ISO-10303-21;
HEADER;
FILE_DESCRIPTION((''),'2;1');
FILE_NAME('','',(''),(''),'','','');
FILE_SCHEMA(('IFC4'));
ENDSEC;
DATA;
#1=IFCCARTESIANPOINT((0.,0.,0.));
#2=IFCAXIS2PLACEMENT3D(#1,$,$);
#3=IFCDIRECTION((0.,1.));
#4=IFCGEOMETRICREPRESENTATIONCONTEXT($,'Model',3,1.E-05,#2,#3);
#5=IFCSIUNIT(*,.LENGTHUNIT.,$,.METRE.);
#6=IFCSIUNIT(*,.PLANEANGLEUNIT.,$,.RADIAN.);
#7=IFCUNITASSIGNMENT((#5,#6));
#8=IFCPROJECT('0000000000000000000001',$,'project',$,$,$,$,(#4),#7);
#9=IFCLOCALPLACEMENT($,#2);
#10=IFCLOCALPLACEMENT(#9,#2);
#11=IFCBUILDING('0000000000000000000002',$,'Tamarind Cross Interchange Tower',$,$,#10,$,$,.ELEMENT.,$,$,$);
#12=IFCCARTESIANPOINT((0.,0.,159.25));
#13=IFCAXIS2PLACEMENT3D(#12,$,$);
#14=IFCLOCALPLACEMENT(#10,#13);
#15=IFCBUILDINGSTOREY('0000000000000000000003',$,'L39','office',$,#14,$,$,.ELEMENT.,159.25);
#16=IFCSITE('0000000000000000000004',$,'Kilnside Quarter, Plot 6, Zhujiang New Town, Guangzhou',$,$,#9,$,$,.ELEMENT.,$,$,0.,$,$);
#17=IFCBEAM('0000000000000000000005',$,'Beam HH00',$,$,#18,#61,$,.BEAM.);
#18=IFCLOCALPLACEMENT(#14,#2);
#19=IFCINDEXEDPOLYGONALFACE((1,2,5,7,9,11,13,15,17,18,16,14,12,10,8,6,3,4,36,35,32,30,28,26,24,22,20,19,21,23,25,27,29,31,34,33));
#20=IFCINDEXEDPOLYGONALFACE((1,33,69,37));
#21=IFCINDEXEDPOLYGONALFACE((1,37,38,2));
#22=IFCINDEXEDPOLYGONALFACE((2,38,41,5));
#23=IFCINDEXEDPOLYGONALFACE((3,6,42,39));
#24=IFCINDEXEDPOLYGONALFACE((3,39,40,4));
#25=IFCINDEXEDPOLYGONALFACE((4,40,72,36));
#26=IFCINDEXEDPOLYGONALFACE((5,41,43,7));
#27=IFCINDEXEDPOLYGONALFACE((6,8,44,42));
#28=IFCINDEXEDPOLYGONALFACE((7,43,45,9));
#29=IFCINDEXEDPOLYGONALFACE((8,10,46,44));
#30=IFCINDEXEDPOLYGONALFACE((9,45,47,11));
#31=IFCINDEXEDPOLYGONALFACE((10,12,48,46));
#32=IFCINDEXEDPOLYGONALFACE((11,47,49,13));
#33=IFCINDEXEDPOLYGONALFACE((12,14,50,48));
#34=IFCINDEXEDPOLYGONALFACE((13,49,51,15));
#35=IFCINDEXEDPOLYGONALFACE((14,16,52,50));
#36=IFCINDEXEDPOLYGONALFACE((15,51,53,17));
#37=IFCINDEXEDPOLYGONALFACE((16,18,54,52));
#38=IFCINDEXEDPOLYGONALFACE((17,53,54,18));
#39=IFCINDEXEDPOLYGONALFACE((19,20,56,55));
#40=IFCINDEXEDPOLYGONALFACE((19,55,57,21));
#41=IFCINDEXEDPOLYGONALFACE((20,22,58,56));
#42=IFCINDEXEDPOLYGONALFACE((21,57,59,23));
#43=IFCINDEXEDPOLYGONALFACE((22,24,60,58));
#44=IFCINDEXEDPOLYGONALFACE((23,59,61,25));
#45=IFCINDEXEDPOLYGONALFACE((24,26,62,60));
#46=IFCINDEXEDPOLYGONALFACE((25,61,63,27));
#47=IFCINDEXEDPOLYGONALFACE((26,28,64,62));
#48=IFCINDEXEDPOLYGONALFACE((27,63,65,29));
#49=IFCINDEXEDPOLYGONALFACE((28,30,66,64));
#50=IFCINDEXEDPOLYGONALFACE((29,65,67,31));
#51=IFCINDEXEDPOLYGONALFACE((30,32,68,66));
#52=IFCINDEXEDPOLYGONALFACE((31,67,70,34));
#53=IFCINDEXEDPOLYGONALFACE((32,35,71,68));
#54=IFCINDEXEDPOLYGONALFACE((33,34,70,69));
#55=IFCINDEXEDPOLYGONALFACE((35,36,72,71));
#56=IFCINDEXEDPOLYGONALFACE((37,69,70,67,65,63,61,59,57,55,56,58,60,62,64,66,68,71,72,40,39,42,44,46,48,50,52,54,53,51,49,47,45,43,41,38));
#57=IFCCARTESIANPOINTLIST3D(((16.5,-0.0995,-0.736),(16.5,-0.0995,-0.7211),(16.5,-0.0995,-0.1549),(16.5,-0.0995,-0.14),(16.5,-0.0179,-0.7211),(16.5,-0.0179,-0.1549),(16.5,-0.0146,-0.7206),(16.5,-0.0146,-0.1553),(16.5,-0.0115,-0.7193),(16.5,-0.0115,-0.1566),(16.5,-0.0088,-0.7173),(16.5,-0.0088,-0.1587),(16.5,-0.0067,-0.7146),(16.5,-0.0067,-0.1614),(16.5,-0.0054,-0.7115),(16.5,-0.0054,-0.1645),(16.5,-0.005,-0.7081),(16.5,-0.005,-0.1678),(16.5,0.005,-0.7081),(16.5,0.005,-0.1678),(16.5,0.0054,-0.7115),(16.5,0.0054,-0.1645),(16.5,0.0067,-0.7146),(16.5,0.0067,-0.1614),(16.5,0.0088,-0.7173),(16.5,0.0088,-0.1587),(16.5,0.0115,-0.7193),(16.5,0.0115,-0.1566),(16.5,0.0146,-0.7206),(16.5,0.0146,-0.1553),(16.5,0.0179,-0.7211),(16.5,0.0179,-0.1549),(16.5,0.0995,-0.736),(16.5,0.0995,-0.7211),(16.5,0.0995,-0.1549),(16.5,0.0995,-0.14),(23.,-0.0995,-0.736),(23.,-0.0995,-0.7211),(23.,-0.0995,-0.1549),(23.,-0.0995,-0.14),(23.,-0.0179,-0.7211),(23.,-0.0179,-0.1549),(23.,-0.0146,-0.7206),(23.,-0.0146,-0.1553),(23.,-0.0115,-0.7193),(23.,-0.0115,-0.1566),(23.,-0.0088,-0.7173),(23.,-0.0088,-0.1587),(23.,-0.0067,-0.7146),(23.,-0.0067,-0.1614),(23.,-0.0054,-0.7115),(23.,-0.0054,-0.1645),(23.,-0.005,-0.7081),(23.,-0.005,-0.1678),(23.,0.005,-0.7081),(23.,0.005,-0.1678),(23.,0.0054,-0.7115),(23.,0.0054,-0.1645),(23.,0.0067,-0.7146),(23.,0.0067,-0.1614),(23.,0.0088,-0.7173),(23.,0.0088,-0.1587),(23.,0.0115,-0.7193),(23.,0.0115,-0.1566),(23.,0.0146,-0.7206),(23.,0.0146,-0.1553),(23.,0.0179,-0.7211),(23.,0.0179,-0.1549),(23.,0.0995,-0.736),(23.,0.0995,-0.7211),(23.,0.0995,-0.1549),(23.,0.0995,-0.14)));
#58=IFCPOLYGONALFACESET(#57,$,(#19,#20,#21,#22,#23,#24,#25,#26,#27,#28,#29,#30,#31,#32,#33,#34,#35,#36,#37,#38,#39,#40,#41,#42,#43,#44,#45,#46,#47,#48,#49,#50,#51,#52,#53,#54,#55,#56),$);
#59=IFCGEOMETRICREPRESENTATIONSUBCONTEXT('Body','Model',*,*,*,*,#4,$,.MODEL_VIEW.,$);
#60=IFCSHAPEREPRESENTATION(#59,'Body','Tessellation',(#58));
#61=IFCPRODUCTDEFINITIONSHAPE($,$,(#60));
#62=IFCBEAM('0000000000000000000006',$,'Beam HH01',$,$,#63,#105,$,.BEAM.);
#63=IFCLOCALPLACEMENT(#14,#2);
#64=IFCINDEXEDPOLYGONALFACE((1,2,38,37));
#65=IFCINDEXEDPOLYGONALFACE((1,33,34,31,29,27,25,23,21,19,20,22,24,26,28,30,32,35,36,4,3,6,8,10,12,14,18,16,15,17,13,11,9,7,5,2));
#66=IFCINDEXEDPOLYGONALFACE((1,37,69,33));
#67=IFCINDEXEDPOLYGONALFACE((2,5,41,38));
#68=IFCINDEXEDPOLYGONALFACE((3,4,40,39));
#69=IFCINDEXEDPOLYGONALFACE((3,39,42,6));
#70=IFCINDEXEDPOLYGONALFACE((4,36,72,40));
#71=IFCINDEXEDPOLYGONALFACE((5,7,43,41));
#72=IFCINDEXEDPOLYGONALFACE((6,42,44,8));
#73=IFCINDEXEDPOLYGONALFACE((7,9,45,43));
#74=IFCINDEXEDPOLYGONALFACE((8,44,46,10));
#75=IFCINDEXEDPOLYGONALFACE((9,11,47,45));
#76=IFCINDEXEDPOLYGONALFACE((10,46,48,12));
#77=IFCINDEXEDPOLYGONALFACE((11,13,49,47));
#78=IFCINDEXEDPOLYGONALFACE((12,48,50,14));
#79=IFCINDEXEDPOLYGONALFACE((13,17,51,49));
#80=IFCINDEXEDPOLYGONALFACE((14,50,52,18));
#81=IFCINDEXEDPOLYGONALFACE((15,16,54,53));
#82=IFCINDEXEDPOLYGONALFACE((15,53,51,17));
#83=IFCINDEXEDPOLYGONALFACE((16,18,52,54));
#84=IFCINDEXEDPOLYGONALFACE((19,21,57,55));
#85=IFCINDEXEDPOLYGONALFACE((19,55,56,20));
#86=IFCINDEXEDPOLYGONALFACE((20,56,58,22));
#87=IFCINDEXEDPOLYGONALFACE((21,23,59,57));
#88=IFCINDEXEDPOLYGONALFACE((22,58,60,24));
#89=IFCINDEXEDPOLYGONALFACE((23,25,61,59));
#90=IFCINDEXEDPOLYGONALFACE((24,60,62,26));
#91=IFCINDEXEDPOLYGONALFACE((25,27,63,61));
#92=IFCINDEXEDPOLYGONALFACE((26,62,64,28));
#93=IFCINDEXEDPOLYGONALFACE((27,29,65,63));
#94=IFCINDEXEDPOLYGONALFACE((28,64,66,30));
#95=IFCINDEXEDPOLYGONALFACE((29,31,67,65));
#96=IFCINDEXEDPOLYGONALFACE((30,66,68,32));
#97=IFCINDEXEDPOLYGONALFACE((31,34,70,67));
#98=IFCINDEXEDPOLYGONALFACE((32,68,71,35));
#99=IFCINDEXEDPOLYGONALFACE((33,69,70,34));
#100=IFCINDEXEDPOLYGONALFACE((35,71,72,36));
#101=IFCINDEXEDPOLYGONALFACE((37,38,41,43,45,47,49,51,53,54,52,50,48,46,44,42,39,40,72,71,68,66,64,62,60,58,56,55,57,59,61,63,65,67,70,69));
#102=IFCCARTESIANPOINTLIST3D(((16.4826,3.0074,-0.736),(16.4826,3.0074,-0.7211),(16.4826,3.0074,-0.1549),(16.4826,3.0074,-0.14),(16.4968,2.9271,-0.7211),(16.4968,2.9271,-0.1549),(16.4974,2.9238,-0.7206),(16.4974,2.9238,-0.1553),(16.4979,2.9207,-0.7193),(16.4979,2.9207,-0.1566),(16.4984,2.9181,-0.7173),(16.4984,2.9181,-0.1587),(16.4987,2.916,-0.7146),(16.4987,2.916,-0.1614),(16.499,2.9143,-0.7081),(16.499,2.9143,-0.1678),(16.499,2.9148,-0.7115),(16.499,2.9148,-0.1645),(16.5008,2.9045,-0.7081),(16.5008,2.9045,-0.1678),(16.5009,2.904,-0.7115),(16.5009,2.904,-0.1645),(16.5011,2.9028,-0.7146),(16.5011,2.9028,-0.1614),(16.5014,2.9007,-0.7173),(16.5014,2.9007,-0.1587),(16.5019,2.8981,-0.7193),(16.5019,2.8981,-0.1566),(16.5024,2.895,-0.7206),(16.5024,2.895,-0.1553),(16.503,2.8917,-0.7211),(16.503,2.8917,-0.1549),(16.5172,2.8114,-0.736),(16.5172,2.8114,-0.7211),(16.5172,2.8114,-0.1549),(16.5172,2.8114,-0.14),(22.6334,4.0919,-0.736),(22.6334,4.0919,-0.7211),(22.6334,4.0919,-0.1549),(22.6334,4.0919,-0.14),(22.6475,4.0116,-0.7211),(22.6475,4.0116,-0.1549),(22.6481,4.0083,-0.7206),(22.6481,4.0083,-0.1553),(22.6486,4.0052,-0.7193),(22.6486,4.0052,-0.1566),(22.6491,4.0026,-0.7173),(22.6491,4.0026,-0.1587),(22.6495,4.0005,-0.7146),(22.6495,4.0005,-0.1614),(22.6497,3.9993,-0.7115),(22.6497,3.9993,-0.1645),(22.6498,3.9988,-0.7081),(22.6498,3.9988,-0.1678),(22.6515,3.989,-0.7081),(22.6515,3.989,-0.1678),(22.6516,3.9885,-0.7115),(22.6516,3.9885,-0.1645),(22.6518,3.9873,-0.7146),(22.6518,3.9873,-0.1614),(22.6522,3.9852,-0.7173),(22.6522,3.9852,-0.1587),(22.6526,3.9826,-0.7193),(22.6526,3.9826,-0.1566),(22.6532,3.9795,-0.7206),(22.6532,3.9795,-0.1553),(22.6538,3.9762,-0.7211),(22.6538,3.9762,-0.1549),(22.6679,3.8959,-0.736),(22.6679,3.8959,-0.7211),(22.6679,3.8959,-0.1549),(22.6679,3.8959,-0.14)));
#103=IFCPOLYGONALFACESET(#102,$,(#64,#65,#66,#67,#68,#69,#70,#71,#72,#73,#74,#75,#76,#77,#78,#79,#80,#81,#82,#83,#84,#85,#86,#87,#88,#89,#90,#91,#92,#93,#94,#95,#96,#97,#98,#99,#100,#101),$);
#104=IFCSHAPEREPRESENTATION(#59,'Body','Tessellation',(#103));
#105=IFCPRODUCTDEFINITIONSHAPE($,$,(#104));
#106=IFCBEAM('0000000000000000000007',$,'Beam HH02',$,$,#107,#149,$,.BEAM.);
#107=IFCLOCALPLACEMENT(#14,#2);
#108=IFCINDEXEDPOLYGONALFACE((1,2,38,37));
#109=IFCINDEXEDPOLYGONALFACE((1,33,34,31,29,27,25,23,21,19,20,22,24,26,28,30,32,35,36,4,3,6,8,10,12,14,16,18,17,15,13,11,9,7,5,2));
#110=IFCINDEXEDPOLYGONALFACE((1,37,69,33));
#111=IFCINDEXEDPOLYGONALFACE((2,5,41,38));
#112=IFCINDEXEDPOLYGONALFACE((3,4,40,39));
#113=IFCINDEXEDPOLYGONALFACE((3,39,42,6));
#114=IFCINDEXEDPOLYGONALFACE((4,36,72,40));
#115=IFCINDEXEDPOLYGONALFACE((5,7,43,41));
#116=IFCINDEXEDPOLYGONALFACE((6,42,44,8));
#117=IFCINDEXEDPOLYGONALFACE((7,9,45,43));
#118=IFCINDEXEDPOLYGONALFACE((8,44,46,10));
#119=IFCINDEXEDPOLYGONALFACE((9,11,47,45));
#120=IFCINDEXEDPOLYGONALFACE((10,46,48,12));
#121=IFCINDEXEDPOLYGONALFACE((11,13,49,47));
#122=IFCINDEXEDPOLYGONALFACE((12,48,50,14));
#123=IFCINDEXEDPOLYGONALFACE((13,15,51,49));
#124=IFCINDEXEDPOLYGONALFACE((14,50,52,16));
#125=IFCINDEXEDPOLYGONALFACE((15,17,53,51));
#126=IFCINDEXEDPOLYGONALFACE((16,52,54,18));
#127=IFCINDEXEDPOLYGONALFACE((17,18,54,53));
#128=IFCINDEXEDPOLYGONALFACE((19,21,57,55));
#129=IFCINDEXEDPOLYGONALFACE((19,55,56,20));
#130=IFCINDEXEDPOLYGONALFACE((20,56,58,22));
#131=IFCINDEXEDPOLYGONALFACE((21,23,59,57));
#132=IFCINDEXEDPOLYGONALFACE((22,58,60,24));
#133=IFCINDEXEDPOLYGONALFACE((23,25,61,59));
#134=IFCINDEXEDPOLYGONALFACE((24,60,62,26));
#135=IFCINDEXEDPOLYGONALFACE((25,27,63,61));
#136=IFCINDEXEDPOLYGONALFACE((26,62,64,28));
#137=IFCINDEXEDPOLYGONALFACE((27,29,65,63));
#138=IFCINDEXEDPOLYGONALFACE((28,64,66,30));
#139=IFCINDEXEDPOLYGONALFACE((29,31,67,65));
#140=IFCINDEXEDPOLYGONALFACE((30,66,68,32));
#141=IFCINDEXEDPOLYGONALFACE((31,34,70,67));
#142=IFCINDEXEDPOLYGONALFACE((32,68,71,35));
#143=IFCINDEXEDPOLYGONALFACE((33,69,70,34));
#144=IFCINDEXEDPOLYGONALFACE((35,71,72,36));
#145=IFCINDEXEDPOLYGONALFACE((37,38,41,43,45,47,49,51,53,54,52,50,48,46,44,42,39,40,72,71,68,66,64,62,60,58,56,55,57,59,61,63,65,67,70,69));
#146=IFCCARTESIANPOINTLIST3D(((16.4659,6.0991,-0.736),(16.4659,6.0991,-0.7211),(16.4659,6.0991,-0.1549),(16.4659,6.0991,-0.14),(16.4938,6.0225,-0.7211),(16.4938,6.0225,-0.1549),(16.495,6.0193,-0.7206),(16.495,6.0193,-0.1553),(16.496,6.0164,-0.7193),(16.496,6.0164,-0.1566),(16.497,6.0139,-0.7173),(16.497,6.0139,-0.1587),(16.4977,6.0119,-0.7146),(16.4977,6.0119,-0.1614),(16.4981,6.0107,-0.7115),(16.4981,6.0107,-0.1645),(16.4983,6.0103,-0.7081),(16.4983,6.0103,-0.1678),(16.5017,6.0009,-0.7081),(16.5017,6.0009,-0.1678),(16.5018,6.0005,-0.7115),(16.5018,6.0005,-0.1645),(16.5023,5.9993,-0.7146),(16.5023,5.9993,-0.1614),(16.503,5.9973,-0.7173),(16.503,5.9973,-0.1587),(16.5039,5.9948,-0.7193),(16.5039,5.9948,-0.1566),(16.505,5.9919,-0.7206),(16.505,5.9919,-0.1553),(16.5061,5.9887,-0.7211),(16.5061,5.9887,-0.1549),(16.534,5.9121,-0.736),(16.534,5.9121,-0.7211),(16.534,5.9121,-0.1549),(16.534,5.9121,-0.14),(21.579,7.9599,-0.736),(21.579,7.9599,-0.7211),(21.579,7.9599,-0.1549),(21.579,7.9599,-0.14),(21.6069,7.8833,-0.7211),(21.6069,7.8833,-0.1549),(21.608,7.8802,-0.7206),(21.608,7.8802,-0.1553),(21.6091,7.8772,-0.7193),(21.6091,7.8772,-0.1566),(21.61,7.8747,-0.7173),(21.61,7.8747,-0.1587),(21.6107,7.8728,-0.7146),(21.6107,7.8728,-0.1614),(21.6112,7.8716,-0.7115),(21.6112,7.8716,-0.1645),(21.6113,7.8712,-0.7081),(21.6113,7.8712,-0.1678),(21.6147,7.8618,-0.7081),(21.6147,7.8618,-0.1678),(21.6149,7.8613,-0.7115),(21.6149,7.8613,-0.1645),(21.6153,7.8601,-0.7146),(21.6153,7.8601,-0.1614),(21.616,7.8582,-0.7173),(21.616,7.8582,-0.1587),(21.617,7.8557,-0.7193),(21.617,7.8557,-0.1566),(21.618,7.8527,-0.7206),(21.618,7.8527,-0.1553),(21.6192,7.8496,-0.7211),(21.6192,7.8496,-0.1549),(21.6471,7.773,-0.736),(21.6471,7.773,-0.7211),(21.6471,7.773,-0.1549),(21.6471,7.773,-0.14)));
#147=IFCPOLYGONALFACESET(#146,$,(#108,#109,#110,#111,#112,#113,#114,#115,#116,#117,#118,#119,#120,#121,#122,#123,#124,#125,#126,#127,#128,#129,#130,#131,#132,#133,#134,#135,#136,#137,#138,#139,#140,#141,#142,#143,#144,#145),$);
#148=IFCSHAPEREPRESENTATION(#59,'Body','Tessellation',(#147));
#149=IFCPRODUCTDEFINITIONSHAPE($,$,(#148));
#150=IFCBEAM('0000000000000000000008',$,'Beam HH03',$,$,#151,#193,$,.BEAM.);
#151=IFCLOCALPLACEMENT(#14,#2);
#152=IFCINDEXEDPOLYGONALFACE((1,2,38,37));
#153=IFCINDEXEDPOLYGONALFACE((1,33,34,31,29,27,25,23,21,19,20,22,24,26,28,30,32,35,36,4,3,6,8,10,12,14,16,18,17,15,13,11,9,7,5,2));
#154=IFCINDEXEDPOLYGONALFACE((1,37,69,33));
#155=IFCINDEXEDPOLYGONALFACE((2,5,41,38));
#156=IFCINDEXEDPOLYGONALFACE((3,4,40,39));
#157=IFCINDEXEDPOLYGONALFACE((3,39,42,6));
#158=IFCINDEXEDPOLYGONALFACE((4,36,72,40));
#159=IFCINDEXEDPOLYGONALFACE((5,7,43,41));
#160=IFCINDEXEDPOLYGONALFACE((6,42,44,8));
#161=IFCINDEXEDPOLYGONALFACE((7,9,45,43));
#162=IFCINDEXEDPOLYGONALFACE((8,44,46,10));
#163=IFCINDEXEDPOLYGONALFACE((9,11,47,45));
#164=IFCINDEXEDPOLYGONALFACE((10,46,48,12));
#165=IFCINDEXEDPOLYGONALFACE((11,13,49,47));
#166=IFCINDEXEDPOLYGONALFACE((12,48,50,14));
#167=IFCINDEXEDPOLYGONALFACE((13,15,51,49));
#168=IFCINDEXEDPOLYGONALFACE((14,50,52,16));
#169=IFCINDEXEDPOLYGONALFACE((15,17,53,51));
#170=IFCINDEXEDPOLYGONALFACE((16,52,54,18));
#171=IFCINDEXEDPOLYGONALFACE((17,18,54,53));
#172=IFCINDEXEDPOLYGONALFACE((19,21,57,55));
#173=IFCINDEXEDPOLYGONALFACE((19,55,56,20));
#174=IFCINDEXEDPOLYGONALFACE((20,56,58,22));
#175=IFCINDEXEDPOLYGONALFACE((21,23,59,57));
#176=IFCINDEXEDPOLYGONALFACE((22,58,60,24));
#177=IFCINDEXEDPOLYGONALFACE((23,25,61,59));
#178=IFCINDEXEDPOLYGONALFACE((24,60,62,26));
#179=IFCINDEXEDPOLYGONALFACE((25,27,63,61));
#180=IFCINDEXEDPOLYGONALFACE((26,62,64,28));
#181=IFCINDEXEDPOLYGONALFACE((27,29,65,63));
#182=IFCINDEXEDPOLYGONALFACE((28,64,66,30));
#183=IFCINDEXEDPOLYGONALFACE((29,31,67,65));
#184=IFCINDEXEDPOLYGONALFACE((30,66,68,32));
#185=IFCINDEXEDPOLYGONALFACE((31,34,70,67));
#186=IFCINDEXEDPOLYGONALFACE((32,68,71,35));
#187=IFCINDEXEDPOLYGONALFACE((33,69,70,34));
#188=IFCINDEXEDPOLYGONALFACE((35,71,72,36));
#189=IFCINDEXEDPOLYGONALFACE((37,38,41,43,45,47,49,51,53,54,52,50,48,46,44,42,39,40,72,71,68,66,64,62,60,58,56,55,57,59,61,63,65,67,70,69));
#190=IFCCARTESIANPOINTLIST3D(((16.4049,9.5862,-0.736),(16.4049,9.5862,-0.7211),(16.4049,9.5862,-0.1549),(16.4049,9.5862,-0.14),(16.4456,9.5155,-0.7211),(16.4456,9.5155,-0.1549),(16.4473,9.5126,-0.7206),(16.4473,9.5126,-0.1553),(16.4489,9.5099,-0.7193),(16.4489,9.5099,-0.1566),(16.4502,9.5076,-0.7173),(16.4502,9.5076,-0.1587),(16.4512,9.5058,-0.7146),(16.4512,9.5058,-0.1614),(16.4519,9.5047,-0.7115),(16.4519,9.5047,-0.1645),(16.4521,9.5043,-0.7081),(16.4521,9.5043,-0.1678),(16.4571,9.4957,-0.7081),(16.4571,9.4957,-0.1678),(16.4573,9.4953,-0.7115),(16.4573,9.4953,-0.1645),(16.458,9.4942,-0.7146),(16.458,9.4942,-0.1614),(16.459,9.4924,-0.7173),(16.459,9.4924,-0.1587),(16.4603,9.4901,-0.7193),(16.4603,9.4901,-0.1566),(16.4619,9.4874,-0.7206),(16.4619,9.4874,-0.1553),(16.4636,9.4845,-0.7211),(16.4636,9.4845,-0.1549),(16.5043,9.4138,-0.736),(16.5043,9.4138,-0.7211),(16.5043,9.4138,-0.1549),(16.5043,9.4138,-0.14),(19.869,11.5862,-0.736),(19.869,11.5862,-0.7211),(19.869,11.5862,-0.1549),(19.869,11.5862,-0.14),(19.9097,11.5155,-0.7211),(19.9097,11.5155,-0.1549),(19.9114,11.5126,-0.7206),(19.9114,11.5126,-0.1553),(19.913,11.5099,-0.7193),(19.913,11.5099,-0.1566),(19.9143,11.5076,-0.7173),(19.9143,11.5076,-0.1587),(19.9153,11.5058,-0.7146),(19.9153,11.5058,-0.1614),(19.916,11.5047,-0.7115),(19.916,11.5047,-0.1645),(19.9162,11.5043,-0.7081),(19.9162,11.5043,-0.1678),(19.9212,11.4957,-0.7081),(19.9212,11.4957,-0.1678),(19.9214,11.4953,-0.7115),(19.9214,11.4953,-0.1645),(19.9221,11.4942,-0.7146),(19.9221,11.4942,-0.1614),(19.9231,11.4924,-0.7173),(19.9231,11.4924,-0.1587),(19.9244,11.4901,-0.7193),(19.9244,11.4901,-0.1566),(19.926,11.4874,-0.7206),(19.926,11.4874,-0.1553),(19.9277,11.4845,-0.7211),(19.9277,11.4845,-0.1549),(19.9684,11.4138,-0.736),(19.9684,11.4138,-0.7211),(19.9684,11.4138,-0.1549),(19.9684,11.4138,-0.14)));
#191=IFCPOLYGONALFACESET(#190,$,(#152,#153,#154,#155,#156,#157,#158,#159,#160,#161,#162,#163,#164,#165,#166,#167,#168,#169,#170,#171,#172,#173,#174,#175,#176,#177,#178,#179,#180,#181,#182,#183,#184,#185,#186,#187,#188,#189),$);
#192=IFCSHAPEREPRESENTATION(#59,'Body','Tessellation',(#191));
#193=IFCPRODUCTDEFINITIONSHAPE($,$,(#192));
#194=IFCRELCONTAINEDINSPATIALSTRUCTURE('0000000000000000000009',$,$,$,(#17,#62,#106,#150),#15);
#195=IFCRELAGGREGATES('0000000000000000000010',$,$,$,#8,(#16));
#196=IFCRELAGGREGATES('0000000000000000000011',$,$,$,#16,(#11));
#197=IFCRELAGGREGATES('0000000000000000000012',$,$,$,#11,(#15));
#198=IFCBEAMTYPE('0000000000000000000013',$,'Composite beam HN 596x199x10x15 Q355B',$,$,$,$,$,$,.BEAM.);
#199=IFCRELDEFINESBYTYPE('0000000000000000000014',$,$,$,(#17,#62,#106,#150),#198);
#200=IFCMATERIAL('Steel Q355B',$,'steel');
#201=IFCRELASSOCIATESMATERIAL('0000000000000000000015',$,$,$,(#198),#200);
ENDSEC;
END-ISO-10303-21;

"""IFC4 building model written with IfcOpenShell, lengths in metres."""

from ifc_helpers import new_model, si_unit, direction, frame, origin, origin_2d, place, context, subcontext, project, spatial, i_section, extrude, material, material_profile, profile_set, type_object, element, save


model = new_model("IFC4")

# Units and contexts
model_context = context("Model", 3, precision=1e-05, world=origin(), true_north=direction((0.0, 1.0)))
body_context = subcontext(model_context, "Body", "Model", "MODEL_VIEW")
ifc_project = project(units=[si_unit("LENGTHUNIT", "METRE"), si_unit("PLANEANGLEUNIT", "RADIAN")], contexts=[model_context])

# Site, building, storey
site_placement = place(None, origin())
site = spatial("IfcSite", under=ifc_project, at=site_placement, Name="Kilnside Quarter, Plot 6, Zhujiang New Town, Guangzhou", CompositionType="ELEMENT", RefElevation=0.0)
building_placement = place(site_placement, origin())
building = spatial("IfcBuilding", under=site, at=building_placement, Name="Tamarind Cross Interchange Tower", CompositionType="ELEMENT")
storey_placement = place(building_placement, frame((0.0, 0.0, 159.25)))
storey = spatial("IfcBuildingStorey", under=building, at=storey_placement, Name="L39", Description="office", CompositionType="ELEMENT", Elevation=159.25)

# Beams
ifc_material_1 = material(Name="Steel Q355B", Category="steel")
ifc_material_profile_1 = material_profile(ifc_material_1, i_section(OverallWidth=0.199, OverallDepth=0.5959, WebThickness=0.01, FlangeThickness=0.0149, FilletRadius=0.0129, at=origin_2d()), Name="HN 596x199x10x15")
ifc_profile_set_1 = profile_set([ifc_material_profile_1], Name="Steel Q355B")
beam_type_1 = type_object("IfcBeamType", Name="Composite beam HN 596x199x10x15 Q355B", PredefinedType="BEAM", material=ifc_profile_set_1)
beam_1_placement = place(storey_placement, frame((23.0, 0.0, -0.438), z_axis=(-1.0, 0.0, 0.0), x_axis=(0.0, -1.0, 0.0)))
element("IfcBeam", 1, at=beam_1_placement, inside=storey, type_object=beam_type_1, Name="Beam HH00", PredefinedType="BEAM", context=body_context, shape_type="SweptSolid", body=[
    extrude(i_section(OverallWidth=0.199, OverallDepth=0.5959, WebThickness=0.01, FlangeThickness=0.0149, FilletRadius=0.0129, at=origin_2d()), origin(), (0.0, 0.0, 1.0), 6.5),
])
beam_2_placement = place(storey_placement, frame((22.6506, 3.9939, -0.438), z_axis=(-0.984809, -0.17364, 0.0), x_axis=(0.17364, -0.984809, 0.0)))
element("IfcBeam", 2, at=beam_2_placement, inside=storey, type_object=beam_type_1, Name="Beam HH01", PredefinedType="BEAM", context=body_context, shape_type="SweptSolid", body=[
    extrude(i_section(OverallWidth=0.199, OverallDepth=0.5959, WebThickness=0.01, FlangeThickness=0.0149, FilletRadius=0.0129, at=origin_2d()), origin(), (0.0, 0.0, 1.0), 6.2456),
])
beam_3_placement = place(storey_placement, frame((21.613, 7.8665, -0.438), z_axis=(-0.939702, -0.341995, 0.0), x_axis=(0.341995, -0.939702, 0.0)))
element("IfcBeam", 3, at=beam_3_placement, inside=storey, type_object=beam_type_1, Name="Beam HH02", PredefinedType="BEAM", context=body_context, shape_type="SweptSolid", body=[
    extrude(i_section(OverallWidth=0.199, OverallDepth=0.5959, WebThickness=0.01, FlangeThickness=0.0149, FilletRadius=0.0129, at=origin_2d()), origin(), (0.0, 0.0, 1.0), 5.4412),
])
beam_4_placement = place(storey_placement, frame((19.9187, 11.5, -0.438), z_axis=(-0.866026, -0.499999, 0.0), x_axis=(0.499999, -0.866026, 0.0)))
element("IfcBeam", 4, at=beam_4_placement, inside=storey, type_object=beam_type_1, Name="Beam HH03", PredefinedType="BEAM", context=body_context, shape_type="SweptSolid", body=[
    extrude(i_section(OverallWidth=0.199, OverallDepth=0.5959, WebThickness=0.01, FlangeThickness=0.0149, FilletRadius=0.0129, at=origin_2d()), origin(), (0.0, 0.0, 1.0), 4.0),
])

save(model, "model.ifc")
